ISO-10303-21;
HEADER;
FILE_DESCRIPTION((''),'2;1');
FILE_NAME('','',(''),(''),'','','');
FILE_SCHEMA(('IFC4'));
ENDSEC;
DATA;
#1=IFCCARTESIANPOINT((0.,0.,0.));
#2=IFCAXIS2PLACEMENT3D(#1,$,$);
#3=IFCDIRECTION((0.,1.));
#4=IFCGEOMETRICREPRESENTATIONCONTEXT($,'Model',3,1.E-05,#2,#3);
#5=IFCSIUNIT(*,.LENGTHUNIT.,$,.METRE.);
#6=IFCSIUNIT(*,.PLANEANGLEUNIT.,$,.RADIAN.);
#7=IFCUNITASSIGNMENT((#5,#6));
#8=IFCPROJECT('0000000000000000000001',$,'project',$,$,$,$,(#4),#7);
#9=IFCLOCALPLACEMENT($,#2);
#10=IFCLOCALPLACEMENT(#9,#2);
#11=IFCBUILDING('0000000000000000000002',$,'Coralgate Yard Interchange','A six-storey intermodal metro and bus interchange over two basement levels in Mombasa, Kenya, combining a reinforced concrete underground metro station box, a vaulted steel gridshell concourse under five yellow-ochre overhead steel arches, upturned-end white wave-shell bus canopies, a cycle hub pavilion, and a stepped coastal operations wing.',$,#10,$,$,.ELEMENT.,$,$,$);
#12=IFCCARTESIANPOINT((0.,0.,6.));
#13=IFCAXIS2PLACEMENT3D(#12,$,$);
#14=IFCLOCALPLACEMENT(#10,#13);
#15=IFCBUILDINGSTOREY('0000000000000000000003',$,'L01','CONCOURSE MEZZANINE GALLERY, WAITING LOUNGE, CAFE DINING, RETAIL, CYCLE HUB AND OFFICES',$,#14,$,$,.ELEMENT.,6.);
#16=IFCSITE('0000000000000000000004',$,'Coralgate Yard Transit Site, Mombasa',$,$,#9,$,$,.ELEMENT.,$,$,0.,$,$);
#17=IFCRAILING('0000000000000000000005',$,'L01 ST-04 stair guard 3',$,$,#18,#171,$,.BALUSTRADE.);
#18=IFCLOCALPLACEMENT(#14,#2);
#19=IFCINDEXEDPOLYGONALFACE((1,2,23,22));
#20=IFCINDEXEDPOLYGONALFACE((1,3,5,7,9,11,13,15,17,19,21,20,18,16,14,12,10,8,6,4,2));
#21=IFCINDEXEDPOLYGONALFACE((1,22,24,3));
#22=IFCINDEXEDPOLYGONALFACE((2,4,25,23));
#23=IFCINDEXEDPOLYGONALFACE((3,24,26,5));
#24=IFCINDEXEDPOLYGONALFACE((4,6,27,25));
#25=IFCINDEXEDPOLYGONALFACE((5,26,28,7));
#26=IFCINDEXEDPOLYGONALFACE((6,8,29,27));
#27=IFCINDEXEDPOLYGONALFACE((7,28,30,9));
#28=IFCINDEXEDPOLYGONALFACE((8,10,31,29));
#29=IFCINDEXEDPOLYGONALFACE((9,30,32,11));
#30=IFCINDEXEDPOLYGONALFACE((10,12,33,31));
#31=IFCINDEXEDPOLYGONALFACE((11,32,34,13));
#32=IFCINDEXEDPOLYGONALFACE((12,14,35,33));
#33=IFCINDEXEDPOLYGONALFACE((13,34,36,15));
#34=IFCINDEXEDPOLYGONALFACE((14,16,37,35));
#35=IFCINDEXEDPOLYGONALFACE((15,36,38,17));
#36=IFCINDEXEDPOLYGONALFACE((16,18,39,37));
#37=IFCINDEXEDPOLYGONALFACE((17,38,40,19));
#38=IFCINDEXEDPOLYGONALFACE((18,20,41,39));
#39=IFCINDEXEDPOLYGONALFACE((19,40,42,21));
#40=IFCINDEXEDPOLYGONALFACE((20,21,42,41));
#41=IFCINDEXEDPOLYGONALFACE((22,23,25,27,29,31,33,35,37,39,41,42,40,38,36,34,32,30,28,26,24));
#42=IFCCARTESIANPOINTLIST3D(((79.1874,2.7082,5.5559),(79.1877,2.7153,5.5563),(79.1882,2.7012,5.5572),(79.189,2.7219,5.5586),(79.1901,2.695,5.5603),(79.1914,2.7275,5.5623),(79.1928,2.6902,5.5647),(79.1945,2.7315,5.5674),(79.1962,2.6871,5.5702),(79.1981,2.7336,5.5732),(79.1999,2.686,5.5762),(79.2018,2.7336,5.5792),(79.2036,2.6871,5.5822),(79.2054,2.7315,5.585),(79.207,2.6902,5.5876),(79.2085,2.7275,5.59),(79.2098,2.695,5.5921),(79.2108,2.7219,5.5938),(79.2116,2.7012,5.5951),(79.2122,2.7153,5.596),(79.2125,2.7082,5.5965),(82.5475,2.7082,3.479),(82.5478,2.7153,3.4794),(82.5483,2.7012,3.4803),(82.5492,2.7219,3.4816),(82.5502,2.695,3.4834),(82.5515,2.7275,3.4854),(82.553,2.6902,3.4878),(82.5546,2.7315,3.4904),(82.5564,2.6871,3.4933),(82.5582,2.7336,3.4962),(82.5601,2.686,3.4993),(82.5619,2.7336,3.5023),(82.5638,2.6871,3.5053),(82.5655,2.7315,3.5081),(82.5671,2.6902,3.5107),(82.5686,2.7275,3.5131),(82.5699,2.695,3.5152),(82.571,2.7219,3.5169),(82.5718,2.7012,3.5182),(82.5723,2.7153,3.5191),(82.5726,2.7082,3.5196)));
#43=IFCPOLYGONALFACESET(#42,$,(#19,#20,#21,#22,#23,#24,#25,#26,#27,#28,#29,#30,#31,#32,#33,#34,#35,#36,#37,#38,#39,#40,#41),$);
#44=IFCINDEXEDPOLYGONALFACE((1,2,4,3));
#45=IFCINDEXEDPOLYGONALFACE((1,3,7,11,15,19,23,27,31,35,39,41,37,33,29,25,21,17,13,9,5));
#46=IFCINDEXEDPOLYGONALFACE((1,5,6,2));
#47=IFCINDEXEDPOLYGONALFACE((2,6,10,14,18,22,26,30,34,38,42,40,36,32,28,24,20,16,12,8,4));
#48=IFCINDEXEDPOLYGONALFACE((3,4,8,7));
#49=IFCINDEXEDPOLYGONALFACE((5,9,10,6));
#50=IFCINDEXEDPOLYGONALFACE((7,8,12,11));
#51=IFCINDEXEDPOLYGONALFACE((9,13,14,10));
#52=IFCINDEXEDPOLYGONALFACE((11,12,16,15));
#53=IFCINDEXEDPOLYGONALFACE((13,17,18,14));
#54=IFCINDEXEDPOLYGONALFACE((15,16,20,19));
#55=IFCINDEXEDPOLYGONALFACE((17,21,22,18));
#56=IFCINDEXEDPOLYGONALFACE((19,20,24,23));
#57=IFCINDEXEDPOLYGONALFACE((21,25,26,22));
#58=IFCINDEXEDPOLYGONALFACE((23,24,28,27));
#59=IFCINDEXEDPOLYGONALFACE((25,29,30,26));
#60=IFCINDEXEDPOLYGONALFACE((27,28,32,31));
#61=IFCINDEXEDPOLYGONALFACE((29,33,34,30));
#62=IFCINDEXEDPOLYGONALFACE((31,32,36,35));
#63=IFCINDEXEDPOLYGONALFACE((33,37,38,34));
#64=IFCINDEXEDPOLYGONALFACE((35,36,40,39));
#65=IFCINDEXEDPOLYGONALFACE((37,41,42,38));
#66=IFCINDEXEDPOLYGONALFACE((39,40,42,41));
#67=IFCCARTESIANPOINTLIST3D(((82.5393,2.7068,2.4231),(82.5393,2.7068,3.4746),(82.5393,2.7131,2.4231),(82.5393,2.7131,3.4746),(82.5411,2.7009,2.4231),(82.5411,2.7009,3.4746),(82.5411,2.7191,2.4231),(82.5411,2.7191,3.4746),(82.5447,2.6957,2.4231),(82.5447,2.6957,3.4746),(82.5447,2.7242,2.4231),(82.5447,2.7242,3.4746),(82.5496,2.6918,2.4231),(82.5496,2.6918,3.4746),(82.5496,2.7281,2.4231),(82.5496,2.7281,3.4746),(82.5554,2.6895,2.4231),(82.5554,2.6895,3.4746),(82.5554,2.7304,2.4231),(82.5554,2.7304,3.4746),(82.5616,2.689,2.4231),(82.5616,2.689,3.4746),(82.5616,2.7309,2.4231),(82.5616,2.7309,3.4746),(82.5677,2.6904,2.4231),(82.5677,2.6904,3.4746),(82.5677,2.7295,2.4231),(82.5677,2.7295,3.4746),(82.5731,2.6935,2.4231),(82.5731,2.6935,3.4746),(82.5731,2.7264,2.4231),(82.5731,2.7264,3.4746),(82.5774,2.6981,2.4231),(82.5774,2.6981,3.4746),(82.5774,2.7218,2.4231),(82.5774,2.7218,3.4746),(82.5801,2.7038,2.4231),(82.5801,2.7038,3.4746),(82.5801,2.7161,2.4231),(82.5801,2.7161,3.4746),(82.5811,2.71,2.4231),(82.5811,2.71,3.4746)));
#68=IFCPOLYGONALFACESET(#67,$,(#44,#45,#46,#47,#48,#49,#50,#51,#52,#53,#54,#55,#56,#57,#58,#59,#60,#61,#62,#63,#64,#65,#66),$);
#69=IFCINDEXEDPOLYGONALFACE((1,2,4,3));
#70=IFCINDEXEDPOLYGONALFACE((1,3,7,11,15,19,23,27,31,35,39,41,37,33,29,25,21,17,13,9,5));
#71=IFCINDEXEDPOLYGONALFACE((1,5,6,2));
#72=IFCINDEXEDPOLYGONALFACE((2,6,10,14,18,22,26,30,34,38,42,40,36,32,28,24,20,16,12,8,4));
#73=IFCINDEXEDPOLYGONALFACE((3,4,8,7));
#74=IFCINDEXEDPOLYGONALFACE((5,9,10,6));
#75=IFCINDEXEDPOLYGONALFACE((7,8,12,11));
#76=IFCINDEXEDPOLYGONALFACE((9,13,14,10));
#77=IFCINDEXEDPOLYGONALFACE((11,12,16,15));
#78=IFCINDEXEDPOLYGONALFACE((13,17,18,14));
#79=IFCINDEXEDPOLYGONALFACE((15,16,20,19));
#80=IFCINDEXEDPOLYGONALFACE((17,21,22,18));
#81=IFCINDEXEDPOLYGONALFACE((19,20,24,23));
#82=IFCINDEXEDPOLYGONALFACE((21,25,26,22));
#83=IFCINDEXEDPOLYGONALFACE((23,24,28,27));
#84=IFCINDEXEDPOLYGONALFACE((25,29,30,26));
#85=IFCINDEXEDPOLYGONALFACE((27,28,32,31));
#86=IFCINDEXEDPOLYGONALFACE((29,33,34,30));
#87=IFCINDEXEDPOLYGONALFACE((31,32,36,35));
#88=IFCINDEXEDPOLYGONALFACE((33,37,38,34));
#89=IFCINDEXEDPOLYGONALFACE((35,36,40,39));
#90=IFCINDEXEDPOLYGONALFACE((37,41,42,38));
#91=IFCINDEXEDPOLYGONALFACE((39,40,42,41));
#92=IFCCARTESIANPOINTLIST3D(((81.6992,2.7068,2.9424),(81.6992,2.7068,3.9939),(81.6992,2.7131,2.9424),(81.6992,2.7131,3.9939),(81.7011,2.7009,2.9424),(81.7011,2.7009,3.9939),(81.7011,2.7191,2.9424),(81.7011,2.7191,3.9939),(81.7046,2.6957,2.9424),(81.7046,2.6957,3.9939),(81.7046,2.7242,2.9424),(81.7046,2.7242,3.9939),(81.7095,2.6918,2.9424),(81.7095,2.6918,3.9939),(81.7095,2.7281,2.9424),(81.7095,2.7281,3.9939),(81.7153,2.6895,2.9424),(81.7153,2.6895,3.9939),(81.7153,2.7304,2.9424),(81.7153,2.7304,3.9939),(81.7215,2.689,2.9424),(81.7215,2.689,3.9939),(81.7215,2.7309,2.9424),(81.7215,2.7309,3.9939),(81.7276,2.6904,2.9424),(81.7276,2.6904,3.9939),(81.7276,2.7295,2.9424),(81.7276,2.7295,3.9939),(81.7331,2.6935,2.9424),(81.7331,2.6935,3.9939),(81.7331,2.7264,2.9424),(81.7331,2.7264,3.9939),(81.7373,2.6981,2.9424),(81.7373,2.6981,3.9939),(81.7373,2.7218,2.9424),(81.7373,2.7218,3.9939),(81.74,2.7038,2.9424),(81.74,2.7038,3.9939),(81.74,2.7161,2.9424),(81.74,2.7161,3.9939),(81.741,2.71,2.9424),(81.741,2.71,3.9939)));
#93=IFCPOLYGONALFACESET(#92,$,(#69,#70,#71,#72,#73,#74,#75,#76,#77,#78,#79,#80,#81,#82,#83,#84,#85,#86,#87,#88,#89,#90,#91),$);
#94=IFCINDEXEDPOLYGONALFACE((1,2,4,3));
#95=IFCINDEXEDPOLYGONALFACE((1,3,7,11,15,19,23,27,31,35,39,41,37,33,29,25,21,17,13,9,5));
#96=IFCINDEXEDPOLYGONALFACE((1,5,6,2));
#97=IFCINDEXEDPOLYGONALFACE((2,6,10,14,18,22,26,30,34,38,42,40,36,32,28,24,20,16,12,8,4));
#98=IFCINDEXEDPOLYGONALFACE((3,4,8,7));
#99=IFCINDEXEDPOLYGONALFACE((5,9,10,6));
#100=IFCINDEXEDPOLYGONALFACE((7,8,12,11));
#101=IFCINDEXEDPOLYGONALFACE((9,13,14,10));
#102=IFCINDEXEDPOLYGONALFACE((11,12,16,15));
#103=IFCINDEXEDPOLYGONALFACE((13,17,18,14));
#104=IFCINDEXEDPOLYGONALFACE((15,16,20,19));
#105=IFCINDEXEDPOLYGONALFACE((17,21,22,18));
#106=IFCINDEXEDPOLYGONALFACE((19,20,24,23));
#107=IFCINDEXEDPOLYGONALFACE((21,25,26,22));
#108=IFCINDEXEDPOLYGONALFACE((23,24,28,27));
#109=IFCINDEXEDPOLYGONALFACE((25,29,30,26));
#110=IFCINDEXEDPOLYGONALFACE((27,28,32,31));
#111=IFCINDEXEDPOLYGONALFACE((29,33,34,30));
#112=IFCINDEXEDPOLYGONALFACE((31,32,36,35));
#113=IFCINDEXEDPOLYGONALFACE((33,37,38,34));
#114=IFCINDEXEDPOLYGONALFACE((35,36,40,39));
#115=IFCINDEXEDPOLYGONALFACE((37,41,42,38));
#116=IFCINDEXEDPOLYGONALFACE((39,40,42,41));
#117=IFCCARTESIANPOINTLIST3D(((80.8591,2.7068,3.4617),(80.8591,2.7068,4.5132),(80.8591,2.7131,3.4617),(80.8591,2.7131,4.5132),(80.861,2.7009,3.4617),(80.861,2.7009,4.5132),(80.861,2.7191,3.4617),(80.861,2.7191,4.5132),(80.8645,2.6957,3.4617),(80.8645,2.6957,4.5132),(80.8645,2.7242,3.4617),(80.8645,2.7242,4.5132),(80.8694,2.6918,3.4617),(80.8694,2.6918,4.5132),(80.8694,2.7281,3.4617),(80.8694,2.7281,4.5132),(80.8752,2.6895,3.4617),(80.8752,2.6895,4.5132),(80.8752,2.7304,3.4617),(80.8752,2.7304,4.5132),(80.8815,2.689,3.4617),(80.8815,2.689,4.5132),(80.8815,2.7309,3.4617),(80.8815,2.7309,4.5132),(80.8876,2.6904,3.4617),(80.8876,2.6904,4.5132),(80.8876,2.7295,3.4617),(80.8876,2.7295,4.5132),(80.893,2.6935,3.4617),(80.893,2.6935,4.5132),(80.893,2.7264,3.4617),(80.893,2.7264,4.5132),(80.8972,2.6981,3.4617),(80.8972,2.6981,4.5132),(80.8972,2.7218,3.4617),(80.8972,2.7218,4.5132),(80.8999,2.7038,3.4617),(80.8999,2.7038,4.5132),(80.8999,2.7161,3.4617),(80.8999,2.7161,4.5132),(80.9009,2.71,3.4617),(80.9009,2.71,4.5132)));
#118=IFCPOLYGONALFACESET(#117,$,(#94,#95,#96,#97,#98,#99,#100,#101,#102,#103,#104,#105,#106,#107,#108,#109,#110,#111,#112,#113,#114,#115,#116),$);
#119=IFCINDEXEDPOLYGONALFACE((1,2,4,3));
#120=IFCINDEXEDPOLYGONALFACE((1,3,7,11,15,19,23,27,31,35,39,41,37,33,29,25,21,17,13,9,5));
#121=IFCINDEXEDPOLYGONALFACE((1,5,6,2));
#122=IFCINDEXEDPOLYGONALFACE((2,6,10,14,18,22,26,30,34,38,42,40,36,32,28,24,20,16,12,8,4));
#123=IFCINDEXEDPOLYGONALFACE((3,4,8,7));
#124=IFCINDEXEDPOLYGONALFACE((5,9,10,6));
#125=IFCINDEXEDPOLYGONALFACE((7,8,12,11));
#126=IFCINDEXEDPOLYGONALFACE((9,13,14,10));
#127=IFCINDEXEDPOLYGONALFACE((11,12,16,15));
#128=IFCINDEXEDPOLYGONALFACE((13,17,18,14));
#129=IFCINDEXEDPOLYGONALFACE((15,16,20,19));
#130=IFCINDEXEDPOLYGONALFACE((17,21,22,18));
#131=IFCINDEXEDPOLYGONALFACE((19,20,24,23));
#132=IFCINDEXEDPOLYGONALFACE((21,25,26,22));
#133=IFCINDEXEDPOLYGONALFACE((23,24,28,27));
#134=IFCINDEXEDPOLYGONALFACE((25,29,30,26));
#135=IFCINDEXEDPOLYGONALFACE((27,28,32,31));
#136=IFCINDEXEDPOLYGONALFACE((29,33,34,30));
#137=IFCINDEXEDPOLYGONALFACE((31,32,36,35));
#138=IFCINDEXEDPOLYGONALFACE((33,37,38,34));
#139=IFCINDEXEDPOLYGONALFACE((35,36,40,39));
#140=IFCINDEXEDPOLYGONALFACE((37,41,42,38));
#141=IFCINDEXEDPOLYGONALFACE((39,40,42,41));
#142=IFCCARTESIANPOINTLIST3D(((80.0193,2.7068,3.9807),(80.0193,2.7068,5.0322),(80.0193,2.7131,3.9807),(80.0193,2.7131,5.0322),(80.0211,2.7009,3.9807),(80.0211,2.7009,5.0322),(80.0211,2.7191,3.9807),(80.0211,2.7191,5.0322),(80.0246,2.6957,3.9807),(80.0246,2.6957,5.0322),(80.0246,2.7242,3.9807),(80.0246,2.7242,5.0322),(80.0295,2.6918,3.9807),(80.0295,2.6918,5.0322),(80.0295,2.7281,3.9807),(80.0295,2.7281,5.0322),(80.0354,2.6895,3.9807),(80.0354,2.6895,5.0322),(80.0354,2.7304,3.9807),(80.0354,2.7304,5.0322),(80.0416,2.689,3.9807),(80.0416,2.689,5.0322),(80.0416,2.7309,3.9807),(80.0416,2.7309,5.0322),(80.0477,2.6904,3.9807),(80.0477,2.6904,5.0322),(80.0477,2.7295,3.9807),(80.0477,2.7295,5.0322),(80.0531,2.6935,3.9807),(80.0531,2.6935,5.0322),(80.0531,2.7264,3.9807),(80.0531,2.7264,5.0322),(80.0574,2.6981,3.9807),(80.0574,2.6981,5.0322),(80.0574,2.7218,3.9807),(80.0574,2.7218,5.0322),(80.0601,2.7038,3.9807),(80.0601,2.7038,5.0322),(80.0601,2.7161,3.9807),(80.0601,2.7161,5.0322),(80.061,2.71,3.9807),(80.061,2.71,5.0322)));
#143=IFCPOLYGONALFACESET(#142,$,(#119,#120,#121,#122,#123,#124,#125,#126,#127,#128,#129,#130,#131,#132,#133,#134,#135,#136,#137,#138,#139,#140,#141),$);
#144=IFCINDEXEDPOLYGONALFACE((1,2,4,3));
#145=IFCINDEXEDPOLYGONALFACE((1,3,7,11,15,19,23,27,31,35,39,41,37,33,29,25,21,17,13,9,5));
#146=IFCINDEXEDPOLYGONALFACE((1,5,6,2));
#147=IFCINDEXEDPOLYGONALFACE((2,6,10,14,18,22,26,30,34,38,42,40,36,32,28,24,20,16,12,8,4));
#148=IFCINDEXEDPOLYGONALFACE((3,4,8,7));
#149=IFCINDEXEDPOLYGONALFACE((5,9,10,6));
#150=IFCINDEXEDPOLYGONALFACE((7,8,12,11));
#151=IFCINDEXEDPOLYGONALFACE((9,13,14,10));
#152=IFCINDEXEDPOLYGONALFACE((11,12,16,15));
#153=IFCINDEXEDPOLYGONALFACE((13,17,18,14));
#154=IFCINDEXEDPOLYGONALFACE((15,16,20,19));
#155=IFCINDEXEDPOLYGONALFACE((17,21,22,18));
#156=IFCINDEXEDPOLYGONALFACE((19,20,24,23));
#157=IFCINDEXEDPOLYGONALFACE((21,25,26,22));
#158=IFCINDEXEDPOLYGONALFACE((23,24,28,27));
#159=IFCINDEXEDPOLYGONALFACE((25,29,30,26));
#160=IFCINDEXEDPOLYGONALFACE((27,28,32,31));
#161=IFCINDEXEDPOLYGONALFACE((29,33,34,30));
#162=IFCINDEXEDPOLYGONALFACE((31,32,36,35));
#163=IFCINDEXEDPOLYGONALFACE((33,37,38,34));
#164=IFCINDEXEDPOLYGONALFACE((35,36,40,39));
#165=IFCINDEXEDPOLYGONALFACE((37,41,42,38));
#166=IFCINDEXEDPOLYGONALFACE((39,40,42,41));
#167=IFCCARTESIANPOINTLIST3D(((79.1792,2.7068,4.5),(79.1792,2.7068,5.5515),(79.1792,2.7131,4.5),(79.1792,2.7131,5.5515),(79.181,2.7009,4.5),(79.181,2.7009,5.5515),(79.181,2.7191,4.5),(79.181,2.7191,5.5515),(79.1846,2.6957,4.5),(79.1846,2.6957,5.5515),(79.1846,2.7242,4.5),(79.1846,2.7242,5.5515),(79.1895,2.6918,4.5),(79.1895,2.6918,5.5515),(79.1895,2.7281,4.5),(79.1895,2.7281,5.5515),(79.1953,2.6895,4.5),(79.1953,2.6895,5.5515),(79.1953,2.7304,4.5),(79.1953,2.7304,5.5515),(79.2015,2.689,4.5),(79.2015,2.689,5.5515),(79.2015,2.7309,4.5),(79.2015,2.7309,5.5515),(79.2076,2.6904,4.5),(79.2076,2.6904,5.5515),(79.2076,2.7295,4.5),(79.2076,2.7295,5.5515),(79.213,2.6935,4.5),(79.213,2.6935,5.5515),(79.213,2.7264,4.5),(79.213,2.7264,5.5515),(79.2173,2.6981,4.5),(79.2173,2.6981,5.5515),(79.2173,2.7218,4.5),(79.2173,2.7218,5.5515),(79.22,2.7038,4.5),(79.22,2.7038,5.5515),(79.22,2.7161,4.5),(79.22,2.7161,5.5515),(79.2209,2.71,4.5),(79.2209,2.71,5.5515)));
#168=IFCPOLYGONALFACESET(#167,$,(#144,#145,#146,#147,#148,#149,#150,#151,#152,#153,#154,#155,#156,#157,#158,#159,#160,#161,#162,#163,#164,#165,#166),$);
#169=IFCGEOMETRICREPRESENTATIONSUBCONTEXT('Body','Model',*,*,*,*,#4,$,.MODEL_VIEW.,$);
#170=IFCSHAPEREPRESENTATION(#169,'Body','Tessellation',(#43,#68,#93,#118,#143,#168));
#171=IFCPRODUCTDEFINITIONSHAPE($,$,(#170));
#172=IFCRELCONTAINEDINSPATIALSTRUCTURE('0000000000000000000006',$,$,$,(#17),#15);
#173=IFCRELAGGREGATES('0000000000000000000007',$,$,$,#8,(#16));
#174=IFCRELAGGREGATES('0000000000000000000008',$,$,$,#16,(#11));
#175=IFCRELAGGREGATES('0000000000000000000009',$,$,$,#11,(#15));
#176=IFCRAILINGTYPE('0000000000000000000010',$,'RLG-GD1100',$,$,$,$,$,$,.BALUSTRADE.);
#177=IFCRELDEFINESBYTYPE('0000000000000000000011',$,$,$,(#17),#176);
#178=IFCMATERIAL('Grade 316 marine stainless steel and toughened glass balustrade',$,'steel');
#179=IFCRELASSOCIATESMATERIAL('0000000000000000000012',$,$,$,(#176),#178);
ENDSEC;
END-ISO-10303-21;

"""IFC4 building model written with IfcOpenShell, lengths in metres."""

from ifc_helpers import new_model, si_unit, direction, frame, origin, origin_2d, place, context, subcontext, project, spatial, circle, extrude, material, type_object, element, save


model = new_model("IFC4")

# Units and contexts
model_context = context("Model", 3, precision=1e-05, world=origin(), true_north=direction((0.0, 1.0)))
body_context = subcontext(model_context, "Body", "Model", "MODEL_VIEW")
ifc_project = project(units=[si_unit("LENGTHUNIT", "METRE"), si_unit("PLANEANGLEUNIT", "RADIAN")], contexts=[model_context])

# Site, building, storey
site_placement = place(None, origin())
site = spatial("IfcSite", under=ifc_project, at=site_placement, Name="Coralgate Yard Transit Site, Mombasa", CompositionType="ELEMENT", RefElevation=0.0)
building_placement = place(site_placement, origin())
building = spatial("IfcBuilding", under=site, at=building_placement, Name="Coralgate Yard Interchange", Description="A six-storey intermodal metro and bus interchange over two basement levels in Mombasa, Kenya, combining a reinforced concrete underground metro station box, a vaulted steel gridshell concourse under five yellow-ochre overhead steel arches, upturned-end white wave-shell bus canopies, a cycle hub pavilion, and a stepped coastal operations wing.", CompositionType="ELEMENT")
storey_placement = place(building_placement, frame((0.0, 0.0, 6.0)))
storey = spatial("IfcBuildingStorey", under=building, at=storey_placement, Name="L01", Description="CONCOURSE MEZZANINE GALLERY, WAITING LOUNGE, CAFE DINING, RETAIL, CYCLE HUB AND OFFICES", CompositionType="ELEMENT", Elevation=6.0)

# Railing
ifc_material_1 = material(Name="Grade 316 marine stainless steel and toughened glass balustrade", Category="steel")
railing_type_1 = type_object("IfcRailingType", Name="RLG-GD1100", PredefinedType="BALUSTRADE", material=ifc_material_1)
railing_1_placement = place(storey_placement, frame((82.5601, 2.71, 2.4231)))
element("IfcRailing", 1, at=railing_1_placement, inside=storey, type_object=railing_type_1, Name="L01 ST-04 stair guard 3", PredefinedType="BALUSTRADE", context=body_context, shape_type="SweptSolid", body=[
    extrude(circle(Radius=0.0239, at=origin_2d()), frame((0.0, 0.0, 1.0762), z_axis=(-0.850623, 0.0, 0.525776), x_axis=(0.0, -1.0, 0.0)), (0.0, 0.0, 1.0), 3.9502),
    extrude(circle(Radius=0.021, at=origin_2d()), origin(), (0.0, 0.0, 1.0), 1.0515),
    extrude(circle(Radius=0.021, at=origin_2d()), frame((-0.8401, 0.0, 0.5193)), (0.0, 0.0, 1.0), 1.0515),
    extrude(circle(Radius=0.021, at=origin_2d()), frame((-1.6802, 0.0, 1.0386)), (0.0, 0.0, 1.0), 1.0515),
    extrude(circle(Radius=0.021, at=origin_2d()), frame((-2.52, 0.0, 1.5576)), (0.0, 0.0, 1.0), 1.0515),
    extrude(circle(Radius=0.021, at=origin_2d()), frame((-3.3601, 0.0, 2.0769)), (0.0, 0.0, 1.0), 1.0515),
])

save(model, "model.ifc")
